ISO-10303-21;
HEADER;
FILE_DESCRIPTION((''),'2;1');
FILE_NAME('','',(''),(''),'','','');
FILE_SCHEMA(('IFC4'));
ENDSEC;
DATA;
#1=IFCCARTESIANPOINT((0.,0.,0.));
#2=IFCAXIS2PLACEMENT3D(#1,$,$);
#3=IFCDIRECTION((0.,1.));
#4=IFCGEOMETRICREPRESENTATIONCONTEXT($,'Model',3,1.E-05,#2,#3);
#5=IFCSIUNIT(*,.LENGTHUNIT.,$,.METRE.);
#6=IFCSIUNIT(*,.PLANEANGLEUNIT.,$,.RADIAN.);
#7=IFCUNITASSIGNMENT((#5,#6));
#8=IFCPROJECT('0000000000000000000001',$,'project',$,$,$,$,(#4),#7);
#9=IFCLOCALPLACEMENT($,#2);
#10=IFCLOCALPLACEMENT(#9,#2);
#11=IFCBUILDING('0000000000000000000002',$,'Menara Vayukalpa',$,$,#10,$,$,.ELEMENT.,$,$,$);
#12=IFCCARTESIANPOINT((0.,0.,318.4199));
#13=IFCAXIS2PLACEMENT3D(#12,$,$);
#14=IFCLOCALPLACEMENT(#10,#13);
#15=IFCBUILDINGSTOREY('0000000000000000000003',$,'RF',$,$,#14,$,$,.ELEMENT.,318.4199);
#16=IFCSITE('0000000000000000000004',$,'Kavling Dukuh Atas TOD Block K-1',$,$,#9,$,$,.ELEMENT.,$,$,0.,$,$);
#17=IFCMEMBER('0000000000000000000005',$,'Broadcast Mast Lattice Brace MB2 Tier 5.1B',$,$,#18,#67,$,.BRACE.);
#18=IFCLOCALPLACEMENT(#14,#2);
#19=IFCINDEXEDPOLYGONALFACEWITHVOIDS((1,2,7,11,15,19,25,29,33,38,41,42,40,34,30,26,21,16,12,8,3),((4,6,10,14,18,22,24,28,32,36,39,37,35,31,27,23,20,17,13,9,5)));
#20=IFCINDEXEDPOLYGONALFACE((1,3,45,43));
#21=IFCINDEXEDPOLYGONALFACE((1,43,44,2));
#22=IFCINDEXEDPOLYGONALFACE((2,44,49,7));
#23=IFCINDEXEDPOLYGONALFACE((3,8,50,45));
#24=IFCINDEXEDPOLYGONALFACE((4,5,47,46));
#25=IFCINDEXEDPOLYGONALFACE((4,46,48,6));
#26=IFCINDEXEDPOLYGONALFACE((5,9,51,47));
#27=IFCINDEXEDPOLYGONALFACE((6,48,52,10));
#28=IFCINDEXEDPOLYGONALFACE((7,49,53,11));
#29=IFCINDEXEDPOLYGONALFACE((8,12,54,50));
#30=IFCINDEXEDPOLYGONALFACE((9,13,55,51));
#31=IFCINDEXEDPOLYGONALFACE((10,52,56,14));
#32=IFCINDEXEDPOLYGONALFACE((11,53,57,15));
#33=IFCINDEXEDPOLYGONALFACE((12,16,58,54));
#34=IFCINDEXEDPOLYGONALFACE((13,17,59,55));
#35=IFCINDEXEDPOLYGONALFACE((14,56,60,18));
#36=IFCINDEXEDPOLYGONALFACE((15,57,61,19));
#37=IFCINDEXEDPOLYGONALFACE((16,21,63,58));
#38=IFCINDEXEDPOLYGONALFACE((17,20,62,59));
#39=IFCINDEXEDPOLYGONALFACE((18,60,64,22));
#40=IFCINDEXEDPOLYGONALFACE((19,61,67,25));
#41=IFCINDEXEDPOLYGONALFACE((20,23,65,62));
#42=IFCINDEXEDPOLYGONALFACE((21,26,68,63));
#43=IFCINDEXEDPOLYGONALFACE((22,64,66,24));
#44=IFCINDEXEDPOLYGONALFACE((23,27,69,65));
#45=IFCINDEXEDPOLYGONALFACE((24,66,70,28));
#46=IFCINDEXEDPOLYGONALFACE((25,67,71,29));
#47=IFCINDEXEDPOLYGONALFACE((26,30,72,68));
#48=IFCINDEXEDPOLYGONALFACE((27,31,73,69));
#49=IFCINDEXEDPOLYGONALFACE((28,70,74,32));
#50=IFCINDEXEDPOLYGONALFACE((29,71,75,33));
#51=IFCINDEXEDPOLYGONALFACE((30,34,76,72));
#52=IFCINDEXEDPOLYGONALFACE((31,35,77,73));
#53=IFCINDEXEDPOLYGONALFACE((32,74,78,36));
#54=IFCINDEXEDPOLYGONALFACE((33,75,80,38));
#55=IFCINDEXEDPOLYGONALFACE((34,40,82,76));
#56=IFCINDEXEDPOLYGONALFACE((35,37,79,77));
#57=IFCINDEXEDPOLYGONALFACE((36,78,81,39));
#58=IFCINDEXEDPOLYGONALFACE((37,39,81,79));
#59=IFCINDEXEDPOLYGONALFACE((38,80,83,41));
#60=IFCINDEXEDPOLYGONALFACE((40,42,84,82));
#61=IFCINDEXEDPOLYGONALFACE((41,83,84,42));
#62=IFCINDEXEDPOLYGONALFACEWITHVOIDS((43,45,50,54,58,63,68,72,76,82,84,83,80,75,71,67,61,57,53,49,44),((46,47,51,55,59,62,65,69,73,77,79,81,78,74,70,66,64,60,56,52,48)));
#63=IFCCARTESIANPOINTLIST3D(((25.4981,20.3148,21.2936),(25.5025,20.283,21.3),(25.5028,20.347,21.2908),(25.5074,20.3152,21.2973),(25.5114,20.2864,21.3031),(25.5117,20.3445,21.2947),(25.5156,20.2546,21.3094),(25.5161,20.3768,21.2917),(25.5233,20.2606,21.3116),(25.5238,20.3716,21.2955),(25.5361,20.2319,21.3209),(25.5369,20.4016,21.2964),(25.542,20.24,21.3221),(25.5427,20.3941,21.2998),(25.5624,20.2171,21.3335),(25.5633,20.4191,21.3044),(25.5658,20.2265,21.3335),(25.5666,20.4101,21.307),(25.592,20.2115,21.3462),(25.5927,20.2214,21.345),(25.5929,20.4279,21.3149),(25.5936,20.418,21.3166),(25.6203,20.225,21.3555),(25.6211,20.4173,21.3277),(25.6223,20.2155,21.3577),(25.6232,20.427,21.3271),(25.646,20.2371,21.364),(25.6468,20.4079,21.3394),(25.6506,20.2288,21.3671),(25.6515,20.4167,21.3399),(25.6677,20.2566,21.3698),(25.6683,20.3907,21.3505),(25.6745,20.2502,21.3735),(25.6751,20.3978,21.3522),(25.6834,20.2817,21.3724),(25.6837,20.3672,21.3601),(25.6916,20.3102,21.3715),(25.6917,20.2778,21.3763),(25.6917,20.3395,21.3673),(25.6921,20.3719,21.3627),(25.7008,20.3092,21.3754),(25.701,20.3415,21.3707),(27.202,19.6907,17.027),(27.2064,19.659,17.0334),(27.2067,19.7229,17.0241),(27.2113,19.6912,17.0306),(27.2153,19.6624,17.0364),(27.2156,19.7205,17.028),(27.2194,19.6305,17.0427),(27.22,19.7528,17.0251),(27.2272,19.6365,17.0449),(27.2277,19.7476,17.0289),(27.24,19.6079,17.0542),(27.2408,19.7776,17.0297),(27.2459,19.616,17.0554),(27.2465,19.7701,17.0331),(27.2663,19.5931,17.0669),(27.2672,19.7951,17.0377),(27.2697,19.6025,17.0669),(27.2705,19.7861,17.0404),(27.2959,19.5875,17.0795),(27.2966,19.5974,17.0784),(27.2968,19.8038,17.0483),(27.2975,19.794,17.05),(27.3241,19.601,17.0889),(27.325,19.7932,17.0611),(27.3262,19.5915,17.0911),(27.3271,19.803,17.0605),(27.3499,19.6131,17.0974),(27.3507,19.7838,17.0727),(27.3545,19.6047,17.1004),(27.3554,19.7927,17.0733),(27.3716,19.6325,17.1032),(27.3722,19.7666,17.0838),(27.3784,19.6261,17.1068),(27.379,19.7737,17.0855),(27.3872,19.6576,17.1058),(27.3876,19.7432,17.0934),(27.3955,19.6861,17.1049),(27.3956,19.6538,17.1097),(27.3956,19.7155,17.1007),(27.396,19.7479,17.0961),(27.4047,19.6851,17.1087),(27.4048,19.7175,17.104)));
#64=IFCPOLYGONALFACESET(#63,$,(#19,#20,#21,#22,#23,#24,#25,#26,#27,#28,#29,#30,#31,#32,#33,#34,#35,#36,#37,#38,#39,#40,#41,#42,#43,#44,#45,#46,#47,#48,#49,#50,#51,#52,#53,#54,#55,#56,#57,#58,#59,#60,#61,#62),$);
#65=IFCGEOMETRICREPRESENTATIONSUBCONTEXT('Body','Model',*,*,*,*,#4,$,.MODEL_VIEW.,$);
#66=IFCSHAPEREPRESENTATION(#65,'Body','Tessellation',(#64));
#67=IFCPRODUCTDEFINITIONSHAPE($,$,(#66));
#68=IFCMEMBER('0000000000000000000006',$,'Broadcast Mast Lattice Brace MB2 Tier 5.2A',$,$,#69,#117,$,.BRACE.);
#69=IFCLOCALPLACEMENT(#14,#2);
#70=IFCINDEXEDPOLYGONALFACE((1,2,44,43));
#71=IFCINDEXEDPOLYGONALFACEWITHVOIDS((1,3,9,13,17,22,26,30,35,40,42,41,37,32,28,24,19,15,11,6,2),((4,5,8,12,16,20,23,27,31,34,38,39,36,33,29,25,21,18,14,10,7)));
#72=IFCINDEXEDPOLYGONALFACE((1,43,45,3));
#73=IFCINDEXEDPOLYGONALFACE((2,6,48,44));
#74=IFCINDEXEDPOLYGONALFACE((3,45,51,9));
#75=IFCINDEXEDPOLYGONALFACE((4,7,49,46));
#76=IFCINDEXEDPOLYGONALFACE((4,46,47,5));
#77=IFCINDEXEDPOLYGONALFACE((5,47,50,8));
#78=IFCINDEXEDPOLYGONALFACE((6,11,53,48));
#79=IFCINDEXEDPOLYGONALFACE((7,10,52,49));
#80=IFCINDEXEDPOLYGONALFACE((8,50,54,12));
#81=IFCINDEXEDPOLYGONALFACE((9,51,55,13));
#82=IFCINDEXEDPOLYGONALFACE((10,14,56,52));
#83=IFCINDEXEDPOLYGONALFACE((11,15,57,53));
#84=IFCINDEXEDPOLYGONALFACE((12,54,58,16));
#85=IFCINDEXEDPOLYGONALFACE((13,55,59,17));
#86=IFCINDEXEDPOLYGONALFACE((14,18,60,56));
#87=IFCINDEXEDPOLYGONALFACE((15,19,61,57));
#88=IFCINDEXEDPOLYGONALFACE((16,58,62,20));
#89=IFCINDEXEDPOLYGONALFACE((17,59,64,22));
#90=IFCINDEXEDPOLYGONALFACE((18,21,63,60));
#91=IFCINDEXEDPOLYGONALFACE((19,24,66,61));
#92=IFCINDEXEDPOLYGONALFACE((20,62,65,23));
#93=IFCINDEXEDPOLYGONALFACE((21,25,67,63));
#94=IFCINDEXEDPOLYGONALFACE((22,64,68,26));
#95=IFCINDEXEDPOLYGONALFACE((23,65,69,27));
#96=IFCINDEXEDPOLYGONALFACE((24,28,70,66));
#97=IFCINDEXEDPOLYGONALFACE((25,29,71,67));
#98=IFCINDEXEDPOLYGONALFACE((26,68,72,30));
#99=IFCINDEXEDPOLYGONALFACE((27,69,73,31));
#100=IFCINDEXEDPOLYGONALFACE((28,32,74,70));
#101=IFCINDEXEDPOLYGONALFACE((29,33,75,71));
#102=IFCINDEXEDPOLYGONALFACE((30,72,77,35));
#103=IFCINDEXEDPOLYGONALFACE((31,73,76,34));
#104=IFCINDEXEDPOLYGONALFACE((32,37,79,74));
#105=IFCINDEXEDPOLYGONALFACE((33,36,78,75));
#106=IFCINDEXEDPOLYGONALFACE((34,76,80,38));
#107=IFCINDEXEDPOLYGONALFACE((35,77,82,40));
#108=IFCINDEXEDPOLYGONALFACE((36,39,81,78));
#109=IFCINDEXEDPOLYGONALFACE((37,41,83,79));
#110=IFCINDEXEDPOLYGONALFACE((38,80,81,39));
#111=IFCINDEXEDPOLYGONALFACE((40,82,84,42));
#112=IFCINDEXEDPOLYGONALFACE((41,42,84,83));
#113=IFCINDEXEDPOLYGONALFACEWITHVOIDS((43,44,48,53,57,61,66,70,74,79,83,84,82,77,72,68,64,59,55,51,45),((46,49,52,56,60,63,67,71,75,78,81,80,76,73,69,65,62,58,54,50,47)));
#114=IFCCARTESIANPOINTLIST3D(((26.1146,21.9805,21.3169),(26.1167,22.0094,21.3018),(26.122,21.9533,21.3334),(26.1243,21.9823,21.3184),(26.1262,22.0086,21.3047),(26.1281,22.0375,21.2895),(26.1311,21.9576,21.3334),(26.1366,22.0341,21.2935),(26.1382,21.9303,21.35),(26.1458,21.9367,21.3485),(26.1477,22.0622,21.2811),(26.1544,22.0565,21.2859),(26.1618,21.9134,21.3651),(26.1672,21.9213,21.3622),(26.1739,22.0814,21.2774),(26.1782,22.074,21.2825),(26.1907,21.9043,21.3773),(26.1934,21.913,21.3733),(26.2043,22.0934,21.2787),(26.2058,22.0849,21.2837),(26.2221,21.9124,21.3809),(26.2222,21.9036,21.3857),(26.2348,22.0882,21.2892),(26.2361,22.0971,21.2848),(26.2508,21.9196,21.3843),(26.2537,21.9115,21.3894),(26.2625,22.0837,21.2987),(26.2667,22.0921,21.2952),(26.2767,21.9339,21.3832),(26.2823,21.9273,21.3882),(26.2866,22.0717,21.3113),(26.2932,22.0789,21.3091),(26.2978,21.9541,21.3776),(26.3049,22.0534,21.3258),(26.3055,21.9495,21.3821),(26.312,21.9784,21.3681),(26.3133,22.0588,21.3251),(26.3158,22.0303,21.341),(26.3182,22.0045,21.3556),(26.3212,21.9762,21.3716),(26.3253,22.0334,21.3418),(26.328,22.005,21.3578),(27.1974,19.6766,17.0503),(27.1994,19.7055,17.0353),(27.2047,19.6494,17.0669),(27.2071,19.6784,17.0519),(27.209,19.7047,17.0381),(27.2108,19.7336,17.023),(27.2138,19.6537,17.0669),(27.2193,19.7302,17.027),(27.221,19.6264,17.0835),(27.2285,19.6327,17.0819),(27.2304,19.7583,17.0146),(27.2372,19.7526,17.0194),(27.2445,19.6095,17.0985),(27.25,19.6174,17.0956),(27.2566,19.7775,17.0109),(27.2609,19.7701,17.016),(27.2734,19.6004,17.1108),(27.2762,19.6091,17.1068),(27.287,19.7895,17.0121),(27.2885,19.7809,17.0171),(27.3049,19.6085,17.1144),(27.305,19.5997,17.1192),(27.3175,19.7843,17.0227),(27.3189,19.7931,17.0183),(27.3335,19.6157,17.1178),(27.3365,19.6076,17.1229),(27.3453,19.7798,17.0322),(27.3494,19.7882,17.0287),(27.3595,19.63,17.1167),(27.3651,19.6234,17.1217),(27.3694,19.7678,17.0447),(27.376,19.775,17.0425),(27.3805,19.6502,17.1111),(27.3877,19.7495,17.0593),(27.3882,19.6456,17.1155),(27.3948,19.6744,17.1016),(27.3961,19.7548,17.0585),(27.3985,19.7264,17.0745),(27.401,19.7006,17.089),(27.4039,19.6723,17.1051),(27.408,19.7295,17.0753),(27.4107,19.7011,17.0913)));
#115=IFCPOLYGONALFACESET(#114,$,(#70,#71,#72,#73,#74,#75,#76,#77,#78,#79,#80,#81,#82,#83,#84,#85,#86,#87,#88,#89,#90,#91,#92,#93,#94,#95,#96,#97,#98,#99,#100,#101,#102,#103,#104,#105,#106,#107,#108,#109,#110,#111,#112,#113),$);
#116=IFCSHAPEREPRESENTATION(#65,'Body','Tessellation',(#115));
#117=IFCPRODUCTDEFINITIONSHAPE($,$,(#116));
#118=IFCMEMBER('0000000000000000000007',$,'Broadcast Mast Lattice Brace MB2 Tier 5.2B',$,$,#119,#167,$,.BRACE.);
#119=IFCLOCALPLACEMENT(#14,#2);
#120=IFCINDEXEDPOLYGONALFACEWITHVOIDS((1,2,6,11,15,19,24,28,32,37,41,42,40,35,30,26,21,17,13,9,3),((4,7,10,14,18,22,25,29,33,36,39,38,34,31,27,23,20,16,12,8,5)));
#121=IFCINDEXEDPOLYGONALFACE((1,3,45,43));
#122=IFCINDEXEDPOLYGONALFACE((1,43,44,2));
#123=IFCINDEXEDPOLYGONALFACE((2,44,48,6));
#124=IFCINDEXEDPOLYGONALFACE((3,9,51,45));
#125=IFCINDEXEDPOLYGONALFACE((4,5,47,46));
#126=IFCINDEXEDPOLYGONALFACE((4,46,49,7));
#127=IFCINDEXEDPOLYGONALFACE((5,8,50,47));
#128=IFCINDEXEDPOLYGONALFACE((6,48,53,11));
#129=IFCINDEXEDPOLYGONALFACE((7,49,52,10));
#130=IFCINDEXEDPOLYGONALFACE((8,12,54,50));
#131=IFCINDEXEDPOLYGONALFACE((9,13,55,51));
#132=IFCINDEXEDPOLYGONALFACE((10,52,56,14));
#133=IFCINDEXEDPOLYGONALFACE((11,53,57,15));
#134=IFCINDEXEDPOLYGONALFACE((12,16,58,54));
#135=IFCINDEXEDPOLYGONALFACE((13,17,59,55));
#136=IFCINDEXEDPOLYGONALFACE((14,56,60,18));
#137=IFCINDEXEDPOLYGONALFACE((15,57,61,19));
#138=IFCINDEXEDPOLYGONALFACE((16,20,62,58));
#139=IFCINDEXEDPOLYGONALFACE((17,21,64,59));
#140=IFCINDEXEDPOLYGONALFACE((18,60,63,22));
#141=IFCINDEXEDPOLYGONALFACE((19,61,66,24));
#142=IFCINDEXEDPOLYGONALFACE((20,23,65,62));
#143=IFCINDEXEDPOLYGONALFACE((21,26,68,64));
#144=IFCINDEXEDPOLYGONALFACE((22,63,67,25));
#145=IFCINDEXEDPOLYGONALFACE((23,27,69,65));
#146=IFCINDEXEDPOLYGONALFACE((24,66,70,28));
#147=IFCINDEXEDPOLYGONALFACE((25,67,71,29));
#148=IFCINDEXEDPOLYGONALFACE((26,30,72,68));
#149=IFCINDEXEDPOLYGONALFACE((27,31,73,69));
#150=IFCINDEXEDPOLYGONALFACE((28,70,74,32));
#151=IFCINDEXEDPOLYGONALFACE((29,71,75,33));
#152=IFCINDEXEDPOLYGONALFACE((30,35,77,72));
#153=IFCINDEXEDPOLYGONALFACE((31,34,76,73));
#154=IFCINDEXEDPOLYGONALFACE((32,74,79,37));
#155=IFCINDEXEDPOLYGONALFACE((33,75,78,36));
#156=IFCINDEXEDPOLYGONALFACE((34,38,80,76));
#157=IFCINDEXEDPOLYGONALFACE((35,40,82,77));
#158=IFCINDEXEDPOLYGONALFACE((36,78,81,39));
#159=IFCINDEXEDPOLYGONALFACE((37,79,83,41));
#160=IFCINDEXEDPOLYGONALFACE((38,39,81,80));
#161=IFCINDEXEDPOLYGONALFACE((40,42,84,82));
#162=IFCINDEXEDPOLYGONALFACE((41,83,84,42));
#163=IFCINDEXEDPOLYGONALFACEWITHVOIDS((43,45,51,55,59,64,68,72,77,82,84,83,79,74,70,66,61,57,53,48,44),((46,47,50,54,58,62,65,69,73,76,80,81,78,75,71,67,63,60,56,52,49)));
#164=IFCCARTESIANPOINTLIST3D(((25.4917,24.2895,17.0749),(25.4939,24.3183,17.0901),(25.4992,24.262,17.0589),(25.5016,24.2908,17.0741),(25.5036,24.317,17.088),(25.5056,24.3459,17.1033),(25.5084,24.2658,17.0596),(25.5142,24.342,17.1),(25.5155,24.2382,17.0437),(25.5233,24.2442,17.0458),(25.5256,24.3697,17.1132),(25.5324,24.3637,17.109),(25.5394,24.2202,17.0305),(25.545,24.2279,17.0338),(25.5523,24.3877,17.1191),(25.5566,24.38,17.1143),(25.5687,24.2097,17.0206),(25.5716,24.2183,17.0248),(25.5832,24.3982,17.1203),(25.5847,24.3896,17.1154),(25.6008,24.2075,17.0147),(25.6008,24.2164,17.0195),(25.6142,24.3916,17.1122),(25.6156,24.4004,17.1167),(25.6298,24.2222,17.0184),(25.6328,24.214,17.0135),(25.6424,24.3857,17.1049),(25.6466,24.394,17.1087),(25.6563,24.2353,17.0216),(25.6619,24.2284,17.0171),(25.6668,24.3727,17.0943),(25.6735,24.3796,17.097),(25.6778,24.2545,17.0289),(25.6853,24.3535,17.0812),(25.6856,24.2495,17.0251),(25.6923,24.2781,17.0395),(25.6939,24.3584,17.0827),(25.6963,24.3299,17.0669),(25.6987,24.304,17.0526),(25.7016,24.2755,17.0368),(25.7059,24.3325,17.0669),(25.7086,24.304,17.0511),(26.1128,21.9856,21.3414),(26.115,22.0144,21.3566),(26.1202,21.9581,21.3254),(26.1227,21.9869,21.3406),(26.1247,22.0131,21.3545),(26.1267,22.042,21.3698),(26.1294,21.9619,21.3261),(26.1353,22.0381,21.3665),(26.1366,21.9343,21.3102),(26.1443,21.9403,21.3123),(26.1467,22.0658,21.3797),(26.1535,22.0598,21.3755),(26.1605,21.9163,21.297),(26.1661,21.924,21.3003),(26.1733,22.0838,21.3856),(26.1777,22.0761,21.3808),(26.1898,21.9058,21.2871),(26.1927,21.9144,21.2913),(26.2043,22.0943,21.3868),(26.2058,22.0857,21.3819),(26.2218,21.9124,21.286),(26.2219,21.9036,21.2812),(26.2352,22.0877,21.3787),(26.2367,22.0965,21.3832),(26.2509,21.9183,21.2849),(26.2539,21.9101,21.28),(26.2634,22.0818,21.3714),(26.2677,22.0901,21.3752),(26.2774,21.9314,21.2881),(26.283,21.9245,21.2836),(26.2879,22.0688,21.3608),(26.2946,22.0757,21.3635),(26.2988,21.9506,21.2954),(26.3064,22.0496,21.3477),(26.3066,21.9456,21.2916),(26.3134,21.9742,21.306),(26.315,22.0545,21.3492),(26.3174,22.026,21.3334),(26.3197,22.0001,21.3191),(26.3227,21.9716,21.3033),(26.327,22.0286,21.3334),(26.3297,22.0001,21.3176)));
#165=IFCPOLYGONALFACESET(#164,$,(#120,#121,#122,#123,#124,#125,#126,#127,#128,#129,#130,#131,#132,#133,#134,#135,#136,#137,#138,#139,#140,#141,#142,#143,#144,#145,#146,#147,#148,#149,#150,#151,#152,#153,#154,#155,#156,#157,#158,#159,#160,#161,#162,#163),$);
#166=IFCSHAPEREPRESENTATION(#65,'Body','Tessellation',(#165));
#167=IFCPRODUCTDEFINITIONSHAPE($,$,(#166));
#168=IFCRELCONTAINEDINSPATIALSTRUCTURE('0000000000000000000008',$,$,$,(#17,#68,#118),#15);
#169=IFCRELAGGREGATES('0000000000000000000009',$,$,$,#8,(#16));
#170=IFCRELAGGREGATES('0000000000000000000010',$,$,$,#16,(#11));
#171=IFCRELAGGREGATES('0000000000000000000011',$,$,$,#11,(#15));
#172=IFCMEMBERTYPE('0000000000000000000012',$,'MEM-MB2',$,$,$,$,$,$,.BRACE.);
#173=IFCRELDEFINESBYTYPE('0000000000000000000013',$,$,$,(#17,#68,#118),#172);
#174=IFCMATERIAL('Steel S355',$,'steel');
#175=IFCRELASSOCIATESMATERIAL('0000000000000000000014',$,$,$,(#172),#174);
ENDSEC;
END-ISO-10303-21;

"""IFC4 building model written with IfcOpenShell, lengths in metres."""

from ifc_helpers import new_model, si_unit, direction, frame, origin, origin_2d, place, context, subcontext, project, spatial, hollow_circle, extrude, material, material_profile, profile_set, type_object, element, save


model = new_model("IFC4")

# Units and contexts
model_context = context("Model", 3, precision=1e-05, world=origin(), true_north=direction((0.0, 1.0)))
body_context = subcontext(model_context, "Body", "Model", "MODEL_VIEW")
ifc_project = project(units=[si_unit("LENGTHUNIT", "METRE"), si_unit("PLANEANGLEUNIT", "RADIAN")], contexts=[model_context])

# Site, building, storey
site_placement = place(None, origin())
site = spatial("IfcSite", under=ifc_project, at=site_placement, Name="Kavling Dukuh Atas TOD Block K-1", CompositionType="ELEMENT", RefElevation=0.0)
building_placement = place(site_placement, origin())
building = spatial("IfcBuilding", under=site, at=building_placement, Name="Menara Vayukalpa", CompositionType="ELEMENT")
storey_placement = place(building_placement, frame((0.0, 0.0, 318.4199)))
storey = spatial("IfcBuildingStorey", under=building, at=storey_placement, Name="RF", CompositionType="ELEMENT", Elevation=318.4199)

# Members
ifc_material_1 = material(Name="Steel S355", Category="steel")
ifc_material_profile_1 = material_profile(ifc_material_1, hollow_circle(Radius=0.1096, WallThickness=0.01, at=origin_2d()), Name="CHS 219.1x10")
ifc_profile_set_1 = profile_set([ifc_material_profile_1], Name="Steel S355")
member_type_1 = type_object("IfcMemberType", Name="MEM-MB2", PredefinedType="BRACE", material=ifc_profile_set_1)
member_1_placement = place(storey_placement, frame((27.304, 19.696, 17.0669), z_axis=(-0.367494, 0.134592, 0.920235), x_axis=(-0.343903, -0.939005, 0.0)))
element("IfcMember", 1, at=member_1_placement, inside=storey, type_object=member_type_1, Name="Broadcast Mast Lattice Brace MB2 Tier 5.1B", PredefinedType="BRACE", context=body_context, shape_type="SweptSolid", body=[
    extrude(hollow_circle(Radius=0.1096, WallThickness=0.01, at=origin_2d()), origin(), (0.0, 0.0, 1.0), 4.6365),
])
member_2_placement = place(storey_placement, frame((27.304, 19.696, 17.0669), z_axis=(-0.217932, 0.463727, 0.858757), x_axis=(-0.905038, -0.425331, 0.0)))
element("IfcMember", 2, at=member_2_placement, inside=storey, type_object=member_type_1, Name="Broadcast Mast Lattice Brace MB2 Tier 5.2A", PredefinedType="BRACE", context=body_context, shape_type="SweptSolid", body=[
    extrude(hollow_circle(Radius=0.1096, WallThickness=0.01, at=origin_2d()), origin(), (0.0, 0.0, 1.0), 4.9683),
])
member_3_placement = place(storey_placement, frame((25.6001, 24.304, 17.0669), z_axis=(0.127051, -0.471297, 0.872776), x_axis=(0.965532, 0.260285, 0.0)))
element("IfcMember", 3, at=member_3_placement, inside=storey, type_object=member_type_1, Name="Broadcast Mast Lattice Brace MB2 Tier 5.2B", PredefinedType="BRACE", context=body_context, shape_type="SweptSolid", body=[
    extrude(hollow_circle(Radius=0.1096, WallThickness=0.01, at=origin_2d()), origin(), (0.0, 0.0, 1.0), 4.8884),
])

save(model, "model.ifc")
